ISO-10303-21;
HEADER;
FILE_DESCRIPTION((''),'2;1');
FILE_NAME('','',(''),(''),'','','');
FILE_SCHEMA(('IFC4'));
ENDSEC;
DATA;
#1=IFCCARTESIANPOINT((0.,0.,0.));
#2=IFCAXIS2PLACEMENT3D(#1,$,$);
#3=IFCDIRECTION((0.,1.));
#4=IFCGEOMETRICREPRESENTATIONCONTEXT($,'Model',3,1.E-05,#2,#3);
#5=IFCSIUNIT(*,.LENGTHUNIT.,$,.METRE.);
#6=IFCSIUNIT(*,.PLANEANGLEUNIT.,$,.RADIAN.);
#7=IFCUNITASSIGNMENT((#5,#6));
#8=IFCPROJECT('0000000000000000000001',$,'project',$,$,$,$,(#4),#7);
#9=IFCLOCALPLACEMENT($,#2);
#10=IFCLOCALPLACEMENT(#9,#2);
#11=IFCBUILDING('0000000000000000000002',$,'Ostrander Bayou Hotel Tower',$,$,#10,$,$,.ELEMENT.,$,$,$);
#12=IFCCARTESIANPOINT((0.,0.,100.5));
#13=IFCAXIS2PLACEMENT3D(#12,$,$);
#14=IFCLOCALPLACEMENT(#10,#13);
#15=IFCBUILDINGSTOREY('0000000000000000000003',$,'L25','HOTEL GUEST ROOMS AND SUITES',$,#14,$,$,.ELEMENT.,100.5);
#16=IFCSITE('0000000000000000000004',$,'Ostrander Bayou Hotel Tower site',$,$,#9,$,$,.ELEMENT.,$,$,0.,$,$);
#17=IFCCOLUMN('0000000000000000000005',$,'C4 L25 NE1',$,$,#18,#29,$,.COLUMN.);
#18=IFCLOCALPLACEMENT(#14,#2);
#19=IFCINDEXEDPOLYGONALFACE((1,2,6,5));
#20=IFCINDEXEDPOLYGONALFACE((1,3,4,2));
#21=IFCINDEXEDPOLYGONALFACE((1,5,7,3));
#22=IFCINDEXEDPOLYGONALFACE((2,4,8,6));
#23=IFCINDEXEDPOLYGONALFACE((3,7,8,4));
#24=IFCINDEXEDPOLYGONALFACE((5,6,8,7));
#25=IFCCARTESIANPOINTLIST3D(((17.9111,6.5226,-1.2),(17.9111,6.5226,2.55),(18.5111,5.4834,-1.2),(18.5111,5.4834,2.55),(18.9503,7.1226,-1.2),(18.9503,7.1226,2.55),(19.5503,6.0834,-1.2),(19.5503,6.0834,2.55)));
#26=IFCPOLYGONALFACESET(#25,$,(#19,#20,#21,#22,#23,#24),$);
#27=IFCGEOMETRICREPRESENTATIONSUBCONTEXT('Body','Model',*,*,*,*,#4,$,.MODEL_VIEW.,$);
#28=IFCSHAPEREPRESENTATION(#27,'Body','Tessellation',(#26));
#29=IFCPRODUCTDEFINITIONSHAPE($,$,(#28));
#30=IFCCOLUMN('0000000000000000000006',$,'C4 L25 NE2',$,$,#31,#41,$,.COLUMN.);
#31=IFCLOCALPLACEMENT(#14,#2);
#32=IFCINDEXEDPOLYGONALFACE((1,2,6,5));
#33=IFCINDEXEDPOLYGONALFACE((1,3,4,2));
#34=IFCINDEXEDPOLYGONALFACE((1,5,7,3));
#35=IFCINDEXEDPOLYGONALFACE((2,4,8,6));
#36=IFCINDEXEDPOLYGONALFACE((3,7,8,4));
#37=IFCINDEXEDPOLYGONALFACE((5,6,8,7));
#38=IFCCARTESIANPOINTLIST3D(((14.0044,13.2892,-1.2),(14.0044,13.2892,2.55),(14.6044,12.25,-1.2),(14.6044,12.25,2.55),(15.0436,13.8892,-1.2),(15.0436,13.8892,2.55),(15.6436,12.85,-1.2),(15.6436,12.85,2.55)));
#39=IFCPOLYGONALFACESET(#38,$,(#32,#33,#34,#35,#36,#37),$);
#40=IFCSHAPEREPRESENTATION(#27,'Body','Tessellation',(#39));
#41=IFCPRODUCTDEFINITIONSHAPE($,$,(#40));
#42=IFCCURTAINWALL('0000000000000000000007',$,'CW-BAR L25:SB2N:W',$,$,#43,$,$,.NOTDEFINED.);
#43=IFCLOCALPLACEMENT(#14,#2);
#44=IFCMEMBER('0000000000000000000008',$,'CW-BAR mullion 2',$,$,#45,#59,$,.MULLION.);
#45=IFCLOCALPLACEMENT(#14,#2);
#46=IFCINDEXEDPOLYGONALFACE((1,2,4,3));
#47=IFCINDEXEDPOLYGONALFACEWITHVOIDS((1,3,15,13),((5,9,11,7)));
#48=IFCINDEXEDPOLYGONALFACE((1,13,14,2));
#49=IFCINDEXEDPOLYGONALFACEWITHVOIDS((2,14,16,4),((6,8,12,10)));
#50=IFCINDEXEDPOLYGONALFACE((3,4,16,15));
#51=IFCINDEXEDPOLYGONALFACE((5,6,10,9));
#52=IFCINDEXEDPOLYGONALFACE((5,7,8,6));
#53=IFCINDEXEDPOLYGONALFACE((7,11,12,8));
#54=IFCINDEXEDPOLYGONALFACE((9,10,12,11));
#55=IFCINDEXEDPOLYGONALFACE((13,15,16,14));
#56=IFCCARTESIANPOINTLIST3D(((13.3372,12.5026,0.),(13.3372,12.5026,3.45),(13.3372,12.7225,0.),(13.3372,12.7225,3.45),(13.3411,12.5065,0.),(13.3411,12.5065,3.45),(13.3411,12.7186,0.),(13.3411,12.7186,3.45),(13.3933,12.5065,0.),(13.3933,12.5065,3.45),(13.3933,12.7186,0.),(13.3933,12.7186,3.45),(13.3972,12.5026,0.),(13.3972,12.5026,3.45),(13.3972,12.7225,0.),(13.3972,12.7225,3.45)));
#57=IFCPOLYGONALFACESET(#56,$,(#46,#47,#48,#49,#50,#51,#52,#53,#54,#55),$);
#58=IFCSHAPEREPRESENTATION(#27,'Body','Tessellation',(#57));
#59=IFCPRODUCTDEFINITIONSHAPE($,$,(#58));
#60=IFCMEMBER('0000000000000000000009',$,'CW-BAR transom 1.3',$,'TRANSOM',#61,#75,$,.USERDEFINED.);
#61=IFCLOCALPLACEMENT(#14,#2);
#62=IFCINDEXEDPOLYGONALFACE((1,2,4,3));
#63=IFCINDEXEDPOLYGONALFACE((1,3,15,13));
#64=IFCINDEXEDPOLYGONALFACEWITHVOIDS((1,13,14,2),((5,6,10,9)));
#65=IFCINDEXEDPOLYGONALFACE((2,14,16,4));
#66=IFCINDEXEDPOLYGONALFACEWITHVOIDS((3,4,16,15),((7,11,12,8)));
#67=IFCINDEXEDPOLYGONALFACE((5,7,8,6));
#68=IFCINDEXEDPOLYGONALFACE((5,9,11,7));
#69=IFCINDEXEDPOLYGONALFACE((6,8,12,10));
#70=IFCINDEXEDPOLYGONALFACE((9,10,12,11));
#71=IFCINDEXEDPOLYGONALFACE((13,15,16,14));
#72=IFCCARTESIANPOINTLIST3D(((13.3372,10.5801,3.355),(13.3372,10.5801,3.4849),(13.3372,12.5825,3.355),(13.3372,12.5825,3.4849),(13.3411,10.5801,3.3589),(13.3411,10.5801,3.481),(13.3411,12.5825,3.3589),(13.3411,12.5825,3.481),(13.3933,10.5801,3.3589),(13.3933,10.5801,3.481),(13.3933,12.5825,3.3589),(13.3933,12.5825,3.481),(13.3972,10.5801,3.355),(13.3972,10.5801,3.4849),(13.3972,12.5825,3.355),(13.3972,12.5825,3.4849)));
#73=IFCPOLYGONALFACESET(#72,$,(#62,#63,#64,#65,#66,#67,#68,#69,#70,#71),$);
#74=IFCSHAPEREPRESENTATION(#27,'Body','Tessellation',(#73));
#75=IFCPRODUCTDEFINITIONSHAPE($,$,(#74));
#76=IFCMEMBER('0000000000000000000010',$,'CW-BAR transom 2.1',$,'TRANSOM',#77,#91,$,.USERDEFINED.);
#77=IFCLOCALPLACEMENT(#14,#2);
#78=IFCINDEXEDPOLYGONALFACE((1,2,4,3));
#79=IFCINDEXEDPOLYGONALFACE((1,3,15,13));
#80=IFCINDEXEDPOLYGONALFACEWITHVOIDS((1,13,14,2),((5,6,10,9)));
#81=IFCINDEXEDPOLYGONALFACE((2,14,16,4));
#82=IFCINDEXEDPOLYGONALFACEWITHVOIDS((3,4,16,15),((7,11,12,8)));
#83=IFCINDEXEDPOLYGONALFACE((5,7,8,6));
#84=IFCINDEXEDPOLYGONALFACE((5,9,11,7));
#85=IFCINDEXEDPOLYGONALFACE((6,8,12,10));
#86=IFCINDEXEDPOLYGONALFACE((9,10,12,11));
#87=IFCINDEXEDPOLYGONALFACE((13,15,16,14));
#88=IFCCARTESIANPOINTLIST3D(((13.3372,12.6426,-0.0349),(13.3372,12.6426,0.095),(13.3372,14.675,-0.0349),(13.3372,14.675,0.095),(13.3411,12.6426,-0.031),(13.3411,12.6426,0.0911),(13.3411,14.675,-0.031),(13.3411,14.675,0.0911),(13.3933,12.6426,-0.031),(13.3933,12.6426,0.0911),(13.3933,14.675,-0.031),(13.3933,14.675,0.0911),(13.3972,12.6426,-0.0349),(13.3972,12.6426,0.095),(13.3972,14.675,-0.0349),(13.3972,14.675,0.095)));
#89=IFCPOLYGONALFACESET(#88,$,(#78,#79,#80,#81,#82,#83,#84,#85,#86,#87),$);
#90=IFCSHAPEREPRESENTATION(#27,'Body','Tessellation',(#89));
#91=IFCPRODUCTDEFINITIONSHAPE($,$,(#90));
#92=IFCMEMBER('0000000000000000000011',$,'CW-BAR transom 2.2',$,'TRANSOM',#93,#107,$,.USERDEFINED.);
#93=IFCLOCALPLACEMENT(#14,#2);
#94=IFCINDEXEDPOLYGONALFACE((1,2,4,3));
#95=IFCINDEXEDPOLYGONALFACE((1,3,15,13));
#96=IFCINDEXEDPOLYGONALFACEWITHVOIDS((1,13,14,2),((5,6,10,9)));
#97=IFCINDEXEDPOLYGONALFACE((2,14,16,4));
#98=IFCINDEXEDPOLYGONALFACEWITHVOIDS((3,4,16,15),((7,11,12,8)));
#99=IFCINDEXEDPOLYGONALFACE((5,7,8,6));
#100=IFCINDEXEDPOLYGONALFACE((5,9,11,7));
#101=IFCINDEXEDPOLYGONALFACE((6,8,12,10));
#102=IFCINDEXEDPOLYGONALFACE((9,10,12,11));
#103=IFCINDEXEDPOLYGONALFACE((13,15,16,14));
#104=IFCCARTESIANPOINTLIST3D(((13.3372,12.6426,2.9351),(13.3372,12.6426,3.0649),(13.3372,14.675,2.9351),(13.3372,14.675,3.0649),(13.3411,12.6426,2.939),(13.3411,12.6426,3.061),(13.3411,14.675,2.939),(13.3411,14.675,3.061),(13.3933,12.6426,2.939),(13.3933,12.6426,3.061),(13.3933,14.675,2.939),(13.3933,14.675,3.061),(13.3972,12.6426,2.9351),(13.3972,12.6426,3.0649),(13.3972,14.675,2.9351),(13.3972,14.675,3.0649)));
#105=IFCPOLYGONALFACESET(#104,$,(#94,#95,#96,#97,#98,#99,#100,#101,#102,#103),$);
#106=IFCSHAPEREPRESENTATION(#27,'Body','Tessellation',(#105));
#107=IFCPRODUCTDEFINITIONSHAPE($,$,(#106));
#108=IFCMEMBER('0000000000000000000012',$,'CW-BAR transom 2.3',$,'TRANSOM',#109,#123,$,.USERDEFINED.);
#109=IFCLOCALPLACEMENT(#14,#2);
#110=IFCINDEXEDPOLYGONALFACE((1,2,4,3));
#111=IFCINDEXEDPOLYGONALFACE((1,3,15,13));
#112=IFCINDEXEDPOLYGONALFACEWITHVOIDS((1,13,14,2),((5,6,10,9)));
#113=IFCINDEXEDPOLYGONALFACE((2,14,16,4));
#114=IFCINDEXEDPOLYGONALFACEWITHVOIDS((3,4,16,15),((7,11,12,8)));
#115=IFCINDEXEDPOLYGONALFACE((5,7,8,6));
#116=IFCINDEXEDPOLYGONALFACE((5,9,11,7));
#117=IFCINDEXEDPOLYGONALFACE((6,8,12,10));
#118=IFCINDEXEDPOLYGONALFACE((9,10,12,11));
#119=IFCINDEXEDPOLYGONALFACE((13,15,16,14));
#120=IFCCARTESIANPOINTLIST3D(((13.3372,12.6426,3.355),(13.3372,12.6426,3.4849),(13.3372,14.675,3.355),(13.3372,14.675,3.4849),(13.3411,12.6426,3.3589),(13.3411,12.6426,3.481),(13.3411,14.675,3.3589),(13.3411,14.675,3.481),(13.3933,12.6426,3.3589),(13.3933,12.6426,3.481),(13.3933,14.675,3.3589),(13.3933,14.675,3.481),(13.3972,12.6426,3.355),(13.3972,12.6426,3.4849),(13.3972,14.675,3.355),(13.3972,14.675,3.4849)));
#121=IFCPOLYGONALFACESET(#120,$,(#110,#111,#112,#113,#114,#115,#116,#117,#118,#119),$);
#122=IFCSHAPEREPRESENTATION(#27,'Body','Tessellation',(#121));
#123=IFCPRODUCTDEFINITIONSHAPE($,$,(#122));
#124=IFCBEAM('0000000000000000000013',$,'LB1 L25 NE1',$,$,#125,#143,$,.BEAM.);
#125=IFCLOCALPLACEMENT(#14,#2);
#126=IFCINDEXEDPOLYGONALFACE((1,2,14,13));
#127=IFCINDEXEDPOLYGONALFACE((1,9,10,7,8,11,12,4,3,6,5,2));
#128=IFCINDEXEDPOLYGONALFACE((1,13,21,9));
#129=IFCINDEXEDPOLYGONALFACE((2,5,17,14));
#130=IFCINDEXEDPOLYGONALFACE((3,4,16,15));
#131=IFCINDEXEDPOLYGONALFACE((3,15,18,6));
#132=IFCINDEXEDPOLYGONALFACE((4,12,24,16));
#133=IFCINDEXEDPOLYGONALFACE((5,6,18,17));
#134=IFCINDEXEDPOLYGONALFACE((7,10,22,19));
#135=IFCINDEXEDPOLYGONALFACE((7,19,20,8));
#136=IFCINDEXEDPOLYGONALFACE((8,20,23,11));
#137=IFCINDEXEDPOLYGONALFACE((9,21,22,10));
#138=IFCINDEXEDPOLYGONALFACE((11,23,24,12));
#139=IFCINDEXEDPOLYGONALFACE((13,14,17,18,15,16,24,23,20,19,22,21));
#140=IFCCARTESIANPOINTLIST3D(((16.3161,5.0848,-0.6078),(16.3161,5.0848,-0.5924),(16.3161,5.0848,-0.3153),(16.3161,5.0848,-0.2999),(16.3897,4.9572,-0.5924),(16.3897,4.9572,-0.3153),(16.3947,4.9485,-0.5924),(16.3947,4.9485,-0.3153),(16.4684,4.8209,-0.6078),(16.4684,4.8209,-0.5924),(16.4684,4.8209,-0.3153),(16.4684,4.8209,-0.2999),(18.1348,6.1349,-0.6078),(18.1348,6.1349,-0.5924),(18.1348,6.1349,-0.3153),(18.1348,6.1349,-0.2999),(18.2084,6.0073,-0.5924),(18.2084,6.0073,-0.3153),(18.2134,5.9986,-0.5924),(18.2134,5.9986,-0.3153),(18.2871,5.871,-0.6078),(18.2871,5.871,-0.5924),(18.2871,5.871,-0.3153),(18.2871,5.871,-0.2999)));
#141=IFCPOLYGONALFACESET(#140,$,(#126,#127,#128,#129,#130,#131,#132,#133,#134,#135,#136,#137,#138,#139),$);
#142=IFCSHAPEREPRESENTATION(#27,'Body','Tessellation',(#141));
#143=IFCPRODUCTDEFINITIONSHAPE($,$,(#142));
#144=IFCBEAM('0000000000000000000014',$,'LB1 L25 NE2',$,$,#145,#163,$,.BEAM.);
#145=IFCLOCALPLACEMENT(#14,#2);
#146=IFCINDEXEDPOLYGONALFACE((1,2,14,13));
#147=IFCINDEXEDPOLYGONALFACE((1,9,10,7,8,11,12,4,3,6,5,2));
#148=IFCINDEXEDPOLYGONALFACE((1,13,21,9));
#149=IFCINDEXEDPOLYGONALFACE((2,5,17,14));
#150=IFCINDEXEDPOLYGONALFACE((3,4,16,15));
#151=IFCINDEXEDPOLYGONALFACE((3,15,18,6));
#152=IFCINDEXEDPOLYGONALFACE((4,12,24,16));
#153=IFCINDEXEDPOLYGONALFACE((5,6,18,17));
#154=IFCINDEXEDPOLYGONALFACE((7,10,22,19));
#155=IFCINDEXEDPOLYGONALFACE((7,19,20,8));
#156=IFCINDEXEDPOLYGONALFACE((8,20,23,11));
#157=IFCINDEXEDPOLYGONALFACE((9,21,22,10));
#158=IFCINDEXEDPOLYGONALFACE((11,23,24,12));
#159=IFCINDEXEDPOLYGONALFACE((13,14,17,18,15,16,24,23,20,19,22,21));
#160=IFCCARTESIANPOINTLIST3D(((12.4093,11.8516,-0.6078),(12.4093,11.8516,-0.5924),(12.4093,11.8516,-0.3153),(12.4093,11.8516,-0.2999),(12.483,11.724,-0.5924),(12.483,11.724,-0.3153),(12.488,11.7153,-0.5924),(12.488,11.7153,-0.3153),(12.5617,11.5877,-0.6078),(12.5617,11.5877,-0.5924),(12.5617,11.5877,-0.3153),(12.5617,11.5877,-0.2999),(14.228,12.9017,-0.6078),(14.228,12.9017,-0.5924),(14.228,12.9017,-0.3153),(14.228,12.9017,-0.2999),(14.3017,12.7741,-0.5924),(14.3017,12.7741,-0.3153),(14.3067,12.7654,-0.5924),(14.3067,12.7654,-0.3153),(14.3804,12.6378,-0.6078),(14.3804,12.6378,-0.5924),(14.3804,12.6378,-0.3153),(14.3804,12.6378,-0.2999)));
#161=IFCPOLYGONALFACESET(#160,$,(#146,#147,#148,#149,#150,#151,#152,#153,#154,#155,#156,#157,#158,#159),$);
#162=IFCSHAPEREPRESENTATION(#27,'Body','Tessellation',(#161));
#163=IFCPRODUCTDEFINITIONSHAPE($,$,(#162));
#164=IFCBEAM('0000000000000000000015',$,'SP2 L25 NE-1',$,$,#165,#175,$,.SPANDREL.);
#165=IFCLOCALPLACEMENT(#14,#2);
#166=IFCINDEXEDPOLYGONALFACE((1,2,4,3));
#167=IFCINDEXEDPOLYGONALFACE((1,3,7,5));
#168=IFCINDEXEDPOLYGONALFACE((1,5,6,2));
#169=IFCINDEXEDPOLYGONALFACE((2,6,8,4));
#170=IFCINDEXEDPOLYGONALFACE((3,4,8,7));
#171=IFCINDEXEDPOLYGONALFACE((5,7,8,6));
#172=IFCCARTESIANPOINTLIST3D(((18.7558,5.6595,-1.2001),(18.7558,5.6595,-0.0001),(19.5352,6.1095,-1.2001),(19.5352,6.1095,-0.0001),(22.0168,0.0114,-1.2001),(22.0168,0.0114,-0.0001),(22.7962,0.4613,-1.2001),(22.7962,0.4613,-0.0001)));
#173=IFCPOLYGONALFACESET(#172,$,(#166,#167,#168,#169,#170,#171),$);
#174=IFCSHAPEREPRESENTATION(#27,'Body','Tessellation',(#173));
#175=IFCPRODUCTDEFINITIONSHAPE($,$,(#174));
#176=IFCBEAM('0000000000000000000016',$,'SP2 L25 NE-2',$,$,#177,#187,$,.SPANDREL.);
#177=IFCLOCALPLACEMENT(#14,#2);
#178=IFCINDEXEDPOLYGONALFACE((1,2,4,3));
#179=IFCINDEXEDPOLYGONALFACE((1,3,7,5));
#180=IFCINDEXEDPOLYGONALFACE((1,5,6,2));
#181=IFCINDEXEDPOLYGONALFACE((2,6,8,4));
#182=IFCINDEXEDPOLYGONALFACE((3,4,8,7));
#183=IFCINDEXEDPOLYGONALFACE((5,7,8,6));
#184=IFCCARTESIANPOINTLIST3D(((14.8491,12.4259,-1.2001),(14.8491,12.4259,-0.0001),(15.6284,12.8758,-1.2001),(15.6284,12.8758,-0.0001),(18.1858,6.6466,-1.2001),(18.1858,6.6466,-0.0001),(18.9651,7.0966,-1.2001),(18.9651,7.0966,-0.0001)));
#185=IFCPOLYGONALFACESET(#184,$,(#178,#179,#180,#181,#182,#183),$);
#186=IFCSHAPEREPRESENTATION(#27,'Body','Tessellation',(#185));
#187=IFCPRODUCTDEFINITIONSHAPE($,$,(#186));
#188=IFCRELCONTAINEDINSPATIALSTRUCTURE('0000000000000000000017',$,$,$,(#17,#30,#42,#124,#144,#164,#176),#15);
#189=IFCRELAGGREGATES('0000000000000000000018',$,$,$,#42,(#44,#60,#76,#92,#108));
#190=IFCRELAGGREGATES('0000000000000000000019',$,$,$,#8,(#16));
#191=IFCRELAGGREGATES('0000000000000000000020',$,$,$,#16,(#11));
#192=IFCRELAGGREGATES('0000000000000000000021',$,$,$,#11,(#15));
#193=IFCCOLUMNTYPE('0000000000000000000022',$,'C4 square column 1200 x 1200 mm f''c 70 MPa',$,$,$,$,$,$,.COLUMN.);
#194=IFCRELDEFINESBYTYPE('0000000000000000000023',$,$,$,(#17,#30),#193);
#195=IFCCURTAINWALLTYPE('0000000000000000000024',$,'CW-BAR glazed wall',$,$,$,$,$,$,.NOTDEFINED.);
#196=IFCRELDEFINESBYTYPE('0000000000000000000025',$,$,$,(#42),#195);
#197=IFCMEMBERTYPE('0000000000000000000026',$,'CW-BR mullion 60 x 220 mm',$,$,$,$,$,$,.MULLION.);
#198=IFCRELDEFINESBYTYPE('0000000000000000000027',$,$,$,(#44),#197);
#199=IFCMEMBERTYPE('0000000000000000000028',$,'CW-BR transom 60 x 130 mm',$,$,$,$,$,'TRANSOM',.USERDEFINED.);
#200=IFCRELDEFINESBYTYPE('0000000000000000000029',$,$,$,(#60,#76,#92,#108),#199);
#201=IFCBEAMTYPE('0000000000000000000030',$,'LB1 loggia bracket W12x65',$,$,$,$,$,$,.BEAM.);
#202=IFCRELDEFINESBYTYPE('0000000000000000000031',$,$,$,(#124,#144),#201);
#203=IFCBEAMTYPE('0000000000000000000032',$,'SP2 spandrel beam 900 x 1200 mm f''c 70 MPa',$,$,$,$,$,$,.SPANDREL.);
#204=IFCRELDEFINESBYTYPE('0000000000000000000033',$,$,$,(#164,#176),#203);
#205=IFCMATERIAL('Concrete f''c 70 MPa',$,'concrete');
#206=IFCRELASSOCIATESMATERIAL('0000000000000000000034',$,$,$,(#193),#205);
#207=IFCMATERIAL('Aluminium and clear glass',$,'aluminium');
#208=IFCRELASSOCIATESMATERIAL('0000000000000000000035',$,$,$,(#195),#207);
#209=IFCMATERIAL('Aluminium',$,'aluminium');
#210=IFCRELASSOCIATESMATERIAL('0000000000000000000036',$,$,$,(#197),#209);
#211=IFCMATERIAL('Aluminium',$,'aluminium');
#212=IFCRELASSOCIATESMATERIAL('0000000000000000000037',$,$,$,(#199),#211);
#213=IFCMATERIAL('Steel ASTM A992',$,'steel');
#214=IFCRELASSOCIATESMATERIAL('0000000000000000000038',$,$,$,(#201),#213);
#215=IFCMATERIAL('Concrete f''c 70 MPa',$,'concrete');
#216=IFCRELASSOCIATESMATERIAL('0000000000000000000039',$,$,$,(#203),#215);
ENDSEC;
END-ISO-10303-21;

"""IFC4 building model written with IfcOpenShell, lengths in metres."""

from ifc_helpers import new_model, si_unit, direction, frame, origin, origin_2d, place, context, subcontext, project, spatial, rectangle, hollow_rectangle, i_section, extrude, material, material_profile, profile_set, type_object, element, aggregate, save


model = new_model("IFC4")

# Units and contexts
model_context = context("Model", 3, precision=1e-05, world=origin(), true_north=direction((0.0, 1.0)))
body_context = subcontext(model_context, "Body", "Model", "MODEL_VIEW")
ifc_project = project(units=[si_unit("LENGTHUNIT", "METRE"), si_unit("PLANEANGLEUNIT", "RADIAN")], contexts=[model_context])

# Site, building, storey
site_placement = place(None, origin())
site = spatial("IfcSite", under=ifc_project, at=site_placement, Name="Ostrander Bayou Hotel Tower site", CompositionType="ELEMENT", RefElevation=0.0)
building_placement = place(site_placement, origin())
building = spatial("IfcBuilding", under=site, at=building_placement, Name="Ostrander Bayou Hotel Tower", CompositionType="ELEMENT")
storey_placement = place(building_placement, frame((0.0, 0.0, 100.5)))
storey = spatial("IfcBuildingStorey", under=building, at=storey_placement, Name="L25", Description="HOTEL GUEST ROOMS AND SUITES", CompositionType="ELEMENT", Elevation=100.5)

# Columns
ifc_material_1 = material(Name="Concrete f'c 70 MPa", Category="concrete")
ifc_material_profile_1 = material_profile(ifc_material_1, rectangle(XDim=1.2, YDim=1.2, at=origin_2d()))
ifc_profile_set_1 = profile_set([ifc_material_profile_1], Name="Concrete f'c 70 MPa")
column_type = type_object("IfcColumnType", Name="C4 square column 1200 x 1200 mm f'c 70 MPa", PredefinedType="COLUMN", material=ifc_profile_set_1)
for number, where, z_axis, x_axis, name in (
    (1, (18.7307, 6.303, -1.2), (0.0, 0.0, 1.0), (0.5, -0.866025, 0.0), "C4 L25 NE1"),
    (2, (14.824, 13.0696, -1.2), (0.0, 0.0, 1.0), (0.5, -0.866025, 0.0), "C4 L25 NE2"),
):
    element("IfcColumn", number, at=place(storey_placement, frame(where, z_axis=z_axis, x_axis=x_axis)), inside=storey, type_object=column_type, Name=name, PredefinedType="COLUMN", context=body_context, shape_type="SweptSolid", body=[
        extrude(rectangle(XDim=1.2, YDim=1.2, at=origin_2d()), origin(), (0.0, 0.0, 1.0), 3.75),
    ])

# Curtain wall, members
ifc_material_2 = material(Name="Aluminium and clear glass", Category="aluminium")
curtain_wall_type = type_object("IfcCurtainWallType", Name="CW-BAR glazed wall", PredefinedType="NOTDEFINED", material=ifc_material_2)
curtain_wall_placement = place(storey_placement, origin())
curtain_wall = element("IfcCurtainWall", 3, at=curtain_wall_placement, inside=storey, type_object=curtain_wall_type, Name="CW-BAR L25:SB2N:W", PredefinedType="NOTDEFINED")
ifc_material_3 = material(Name="Aluminium", Category="aluminium")
ifc_material_profile_2 = material_profile(ifc_material_3, hollow_rectangle(XDim=0.0601, YDim=0.22, WallThickness=0.0039, at=origin_2d()))
ifc_profile_set_2 = profile_set([ifc_material_profile_2], Name="Aluminium")
member_type_1 = type_object("IfcMemberType", Name="CW-BR mullion 60 x 220 mm", PredefinedType="MULLION", material=ifc_profile_set_2)
member_1_placement = place(storey_placement, frame((13.3672, 12.6125, 0.0), z_axis=(0.0, 0.0, 1.0), x_axis=(-1.0, 0.0, 0.0)))
member_1 = element("IfcMember", 4, at=member_1_placement, type_object=member_type_1, Name="CW-BAR mullion 2", PredefinedType="MULLION", context=body_context, shape_type="SweptSolid", body=[
    extrude(hollow_rectangle(XDim=0.0601, YDim=0.22, WallThickness=0.0039, at=origin_2d()), origin(), (0.0, 0.0, 1.0), 3.45),
])
ifc_material_4 = material(Name="Aluminium", Category="aluminium")
ifc_material_profile_3 = material_profile(ifc_material_4, hollow_rectangle(XDim=0.0601, YDim=0.1299, WallThickness=0.0039, at=origin_2d()))
ifc_profile_set_3 = profile_set([ifc_material_profile_3], Name="Aluminium")
member_type_2 = type_object("IfcMemberType", Name="CW-BR transom 60 x 130 mm", ElementType="TRANSOM", PredefinedType="USERDEFINED", material=ifc_profile_set_3)
member_2_placement = place(storey_placement, frame((13.3672, 10.5801, 3.4199), z_axis=(0.0, 1.0, 0.0), x_axis=(-1.0, 0.0, 0.0)))
member_2 = element("IfcMember", 5, at=member_2_placement, type_object=member_type_2, Name="CW-BAR transom 1.3", ObjectType="TRANSOM", PredefinedType="USERDEFINED", context=body_context, shape_type="SweptSolid", body=[
    extrude(hollow_rectangle(XDim=0.0601, YDim=0.1299, WallThickness=0.0039, at=origin_2d()), origin(), (0.0, 0.0, 1.0), 2.0024),
])
member_3_placement = place(storey_placement, frame((13.3672, 12.6426, 0.03), z_axis=(0.0, 1.0, 0.0), x_axis=(-1.0, 0.0, 0.0)))
member_3 = element("IfcMember", 6, at=member_3_placement, type_object=member_type_2, Name="CW-BAR transom 2.1", ObjectType="TRANSOM", PredefinedType="USERDEFINED", context=body_context, shape_type="SweptSolid", body=[
    extrude(hollow_rectangle(XDim=0.0601, YDim=0.1299, WallThickness=0.0039, at=origin_2d()), origin(), (0.0, 0.0, 1.0), 2.0325),
])
member_4_placement = place(storey_placement, frame((13.3672, 12.6426, 3.0), z_axis=(0.0, 1.0, 0.0), x_axis=(-1.0, 0.0, 0.0)))
member_4 = element("IfcMember", 7, at=member_4_placement, type_object=member_type_2, Name="CW-BAR transom 2.2", ObjectType="TRANSOM", PredefinedType="USERDEFINED", context=body_context, shape_type="SweptSolid", body=[
    extrude(hollow_rectangle(XDim=0.0601, YDim=0.1299, WallThickness=0.0039, at=origin_2d()), origin(), (0.0, 0.0, 1.0), 2.0325),
])
member_5_placement = place(storey_placement, frame((13.3672, 12.6426, 3.4199), z_axis=(0.0, 1.0, 0.0), x_axis=(-1.0, 0.0, 0.0)))
member_5 = element("IfcMember", 8, at=member_5_placement, type_object=member_type_2, Name="CW-BAR transom 2.3", ObjectType="TRANSOM", PredefinedType="USERDEFINED", context=body_context, shape_type="SweptSolid", body=[
    extrude(hollow_rectangle(XDim=0.0601, YDim=0.1299, WallThickness=0.0039, at=origin_2d()), origin(), (0.0, 0.0, 1.0), 2.0325),
])

# Beams
ifc_material_5 = material(Name="Steel ASTM A992", Category="steel")
ifc_material_profile_4 = material_profile(ifc_material_5, i_section(OverallWidth=0.3047, OverallDepth=0.3079, WebThickness=0.01, FlangeThickness=0.0154, at=origin_2d()))
ifc_profile_set_4 = profile_set([ifc_material_profile_4], Name="Steel ASTM A992")
beam_type_1 = type_object("IfcBeamType", Name="LB1 loggia bracket W12x65", PredefinedType="BEAM", material=ifc_profile_set_4)
for number, where, z_axis, x_axis, name in (
    (9, (18.2109, 6.0029, -0.4539), (-0.866009, -0.500028, 0.0), (0.500028, -0.866009, 0.0), "LB1 L25 NE1"),
    (10, (14.3042, 12.7698, -0.4539), (-0.866009, -0.500028, 0.0), (0.500028, -0.866009, 0.0), "LB1 L25 NE2"),
):
    element("IfcBeam", number, at=place(storey_placement, frame(where, z_axis=z_axis, x_axis=x_axis)), inside=storey, type_object=beam_type_1, Name=name, PredefinedType="BEAM", context=body_context, shape_type="SweptSolid", body=[
        extrude(i_section(OverallWidth=0.3047, OverallDepth=0.3079, WebThickness=0.01, FlangeThickness=0.0154, at=origin_2d()), origin(), (0.0, 0.0, 1.0), 2.1001),
    ])
ifc_material_6 = material(Name="Concrete f'c 70 MPa", Category="concrete")
ifc_material_profile_5 = material_profile(ifc_material_6, rectangle(XDim=0.8999, YDim=1.2, at=origin_2d()))
ifc_profile_set_5 = profile_set([ifc_material_profile_5], Name="Concrete f'c 70 MPa")
beam_type_2 = type_object("IfcBeamType", Name="SP2 spandrel beam 900 x 1200 mm f'c 70 MPa", PredefinedType="SPANDREL", material=ifc_profile_set_5)
beam_1_placement = place(storey_placement, frame((22.4065, 0.2363, -0.6001), z_axis=(-0.5, 0.866025, 0.0), x_axis=(-0.866025, -0.5, 0.0)))
element("IfcBeam", 11, at=beam_1_placement, inside=storey, type_object=beam_type_2, Name="SP2 L25 NE-1", PredefinedType="SPANDREL", context=body_context, shape_type="SweptSolid", body=[
    extrude(rectangle(XDim=0.8999, YDim=1.2, at=origin_2d()), origin(), (0.0, 0.0, 1.0), 6.522),
])
beam_2_placement = place(storey_placement, frame((18.5754, 6.8716, -0.6001), z_axis=(-0.499999, 0.866026, 0.0), x_axis=(-0.866026, -0.499999, 0.0)))
element("IfcBeam", 12, at=beam_2_placement, inside=storey, type_object=beam_type_2, Name="SP2 L25 NE-2", PredefinedType="SPANDREL", context=body_context, shape_type="SweptSolid", body=[
    extrude(rectangle(XDim=0.8999, YDim=1.2, at=origin_2d()), origin(), (0.0, 0.0, 1.0), 6.6733),
])

aggregate(curtain_wall, [member_1, member_2, member_3, member_4, member_5])

save(model, "model.ifc")
